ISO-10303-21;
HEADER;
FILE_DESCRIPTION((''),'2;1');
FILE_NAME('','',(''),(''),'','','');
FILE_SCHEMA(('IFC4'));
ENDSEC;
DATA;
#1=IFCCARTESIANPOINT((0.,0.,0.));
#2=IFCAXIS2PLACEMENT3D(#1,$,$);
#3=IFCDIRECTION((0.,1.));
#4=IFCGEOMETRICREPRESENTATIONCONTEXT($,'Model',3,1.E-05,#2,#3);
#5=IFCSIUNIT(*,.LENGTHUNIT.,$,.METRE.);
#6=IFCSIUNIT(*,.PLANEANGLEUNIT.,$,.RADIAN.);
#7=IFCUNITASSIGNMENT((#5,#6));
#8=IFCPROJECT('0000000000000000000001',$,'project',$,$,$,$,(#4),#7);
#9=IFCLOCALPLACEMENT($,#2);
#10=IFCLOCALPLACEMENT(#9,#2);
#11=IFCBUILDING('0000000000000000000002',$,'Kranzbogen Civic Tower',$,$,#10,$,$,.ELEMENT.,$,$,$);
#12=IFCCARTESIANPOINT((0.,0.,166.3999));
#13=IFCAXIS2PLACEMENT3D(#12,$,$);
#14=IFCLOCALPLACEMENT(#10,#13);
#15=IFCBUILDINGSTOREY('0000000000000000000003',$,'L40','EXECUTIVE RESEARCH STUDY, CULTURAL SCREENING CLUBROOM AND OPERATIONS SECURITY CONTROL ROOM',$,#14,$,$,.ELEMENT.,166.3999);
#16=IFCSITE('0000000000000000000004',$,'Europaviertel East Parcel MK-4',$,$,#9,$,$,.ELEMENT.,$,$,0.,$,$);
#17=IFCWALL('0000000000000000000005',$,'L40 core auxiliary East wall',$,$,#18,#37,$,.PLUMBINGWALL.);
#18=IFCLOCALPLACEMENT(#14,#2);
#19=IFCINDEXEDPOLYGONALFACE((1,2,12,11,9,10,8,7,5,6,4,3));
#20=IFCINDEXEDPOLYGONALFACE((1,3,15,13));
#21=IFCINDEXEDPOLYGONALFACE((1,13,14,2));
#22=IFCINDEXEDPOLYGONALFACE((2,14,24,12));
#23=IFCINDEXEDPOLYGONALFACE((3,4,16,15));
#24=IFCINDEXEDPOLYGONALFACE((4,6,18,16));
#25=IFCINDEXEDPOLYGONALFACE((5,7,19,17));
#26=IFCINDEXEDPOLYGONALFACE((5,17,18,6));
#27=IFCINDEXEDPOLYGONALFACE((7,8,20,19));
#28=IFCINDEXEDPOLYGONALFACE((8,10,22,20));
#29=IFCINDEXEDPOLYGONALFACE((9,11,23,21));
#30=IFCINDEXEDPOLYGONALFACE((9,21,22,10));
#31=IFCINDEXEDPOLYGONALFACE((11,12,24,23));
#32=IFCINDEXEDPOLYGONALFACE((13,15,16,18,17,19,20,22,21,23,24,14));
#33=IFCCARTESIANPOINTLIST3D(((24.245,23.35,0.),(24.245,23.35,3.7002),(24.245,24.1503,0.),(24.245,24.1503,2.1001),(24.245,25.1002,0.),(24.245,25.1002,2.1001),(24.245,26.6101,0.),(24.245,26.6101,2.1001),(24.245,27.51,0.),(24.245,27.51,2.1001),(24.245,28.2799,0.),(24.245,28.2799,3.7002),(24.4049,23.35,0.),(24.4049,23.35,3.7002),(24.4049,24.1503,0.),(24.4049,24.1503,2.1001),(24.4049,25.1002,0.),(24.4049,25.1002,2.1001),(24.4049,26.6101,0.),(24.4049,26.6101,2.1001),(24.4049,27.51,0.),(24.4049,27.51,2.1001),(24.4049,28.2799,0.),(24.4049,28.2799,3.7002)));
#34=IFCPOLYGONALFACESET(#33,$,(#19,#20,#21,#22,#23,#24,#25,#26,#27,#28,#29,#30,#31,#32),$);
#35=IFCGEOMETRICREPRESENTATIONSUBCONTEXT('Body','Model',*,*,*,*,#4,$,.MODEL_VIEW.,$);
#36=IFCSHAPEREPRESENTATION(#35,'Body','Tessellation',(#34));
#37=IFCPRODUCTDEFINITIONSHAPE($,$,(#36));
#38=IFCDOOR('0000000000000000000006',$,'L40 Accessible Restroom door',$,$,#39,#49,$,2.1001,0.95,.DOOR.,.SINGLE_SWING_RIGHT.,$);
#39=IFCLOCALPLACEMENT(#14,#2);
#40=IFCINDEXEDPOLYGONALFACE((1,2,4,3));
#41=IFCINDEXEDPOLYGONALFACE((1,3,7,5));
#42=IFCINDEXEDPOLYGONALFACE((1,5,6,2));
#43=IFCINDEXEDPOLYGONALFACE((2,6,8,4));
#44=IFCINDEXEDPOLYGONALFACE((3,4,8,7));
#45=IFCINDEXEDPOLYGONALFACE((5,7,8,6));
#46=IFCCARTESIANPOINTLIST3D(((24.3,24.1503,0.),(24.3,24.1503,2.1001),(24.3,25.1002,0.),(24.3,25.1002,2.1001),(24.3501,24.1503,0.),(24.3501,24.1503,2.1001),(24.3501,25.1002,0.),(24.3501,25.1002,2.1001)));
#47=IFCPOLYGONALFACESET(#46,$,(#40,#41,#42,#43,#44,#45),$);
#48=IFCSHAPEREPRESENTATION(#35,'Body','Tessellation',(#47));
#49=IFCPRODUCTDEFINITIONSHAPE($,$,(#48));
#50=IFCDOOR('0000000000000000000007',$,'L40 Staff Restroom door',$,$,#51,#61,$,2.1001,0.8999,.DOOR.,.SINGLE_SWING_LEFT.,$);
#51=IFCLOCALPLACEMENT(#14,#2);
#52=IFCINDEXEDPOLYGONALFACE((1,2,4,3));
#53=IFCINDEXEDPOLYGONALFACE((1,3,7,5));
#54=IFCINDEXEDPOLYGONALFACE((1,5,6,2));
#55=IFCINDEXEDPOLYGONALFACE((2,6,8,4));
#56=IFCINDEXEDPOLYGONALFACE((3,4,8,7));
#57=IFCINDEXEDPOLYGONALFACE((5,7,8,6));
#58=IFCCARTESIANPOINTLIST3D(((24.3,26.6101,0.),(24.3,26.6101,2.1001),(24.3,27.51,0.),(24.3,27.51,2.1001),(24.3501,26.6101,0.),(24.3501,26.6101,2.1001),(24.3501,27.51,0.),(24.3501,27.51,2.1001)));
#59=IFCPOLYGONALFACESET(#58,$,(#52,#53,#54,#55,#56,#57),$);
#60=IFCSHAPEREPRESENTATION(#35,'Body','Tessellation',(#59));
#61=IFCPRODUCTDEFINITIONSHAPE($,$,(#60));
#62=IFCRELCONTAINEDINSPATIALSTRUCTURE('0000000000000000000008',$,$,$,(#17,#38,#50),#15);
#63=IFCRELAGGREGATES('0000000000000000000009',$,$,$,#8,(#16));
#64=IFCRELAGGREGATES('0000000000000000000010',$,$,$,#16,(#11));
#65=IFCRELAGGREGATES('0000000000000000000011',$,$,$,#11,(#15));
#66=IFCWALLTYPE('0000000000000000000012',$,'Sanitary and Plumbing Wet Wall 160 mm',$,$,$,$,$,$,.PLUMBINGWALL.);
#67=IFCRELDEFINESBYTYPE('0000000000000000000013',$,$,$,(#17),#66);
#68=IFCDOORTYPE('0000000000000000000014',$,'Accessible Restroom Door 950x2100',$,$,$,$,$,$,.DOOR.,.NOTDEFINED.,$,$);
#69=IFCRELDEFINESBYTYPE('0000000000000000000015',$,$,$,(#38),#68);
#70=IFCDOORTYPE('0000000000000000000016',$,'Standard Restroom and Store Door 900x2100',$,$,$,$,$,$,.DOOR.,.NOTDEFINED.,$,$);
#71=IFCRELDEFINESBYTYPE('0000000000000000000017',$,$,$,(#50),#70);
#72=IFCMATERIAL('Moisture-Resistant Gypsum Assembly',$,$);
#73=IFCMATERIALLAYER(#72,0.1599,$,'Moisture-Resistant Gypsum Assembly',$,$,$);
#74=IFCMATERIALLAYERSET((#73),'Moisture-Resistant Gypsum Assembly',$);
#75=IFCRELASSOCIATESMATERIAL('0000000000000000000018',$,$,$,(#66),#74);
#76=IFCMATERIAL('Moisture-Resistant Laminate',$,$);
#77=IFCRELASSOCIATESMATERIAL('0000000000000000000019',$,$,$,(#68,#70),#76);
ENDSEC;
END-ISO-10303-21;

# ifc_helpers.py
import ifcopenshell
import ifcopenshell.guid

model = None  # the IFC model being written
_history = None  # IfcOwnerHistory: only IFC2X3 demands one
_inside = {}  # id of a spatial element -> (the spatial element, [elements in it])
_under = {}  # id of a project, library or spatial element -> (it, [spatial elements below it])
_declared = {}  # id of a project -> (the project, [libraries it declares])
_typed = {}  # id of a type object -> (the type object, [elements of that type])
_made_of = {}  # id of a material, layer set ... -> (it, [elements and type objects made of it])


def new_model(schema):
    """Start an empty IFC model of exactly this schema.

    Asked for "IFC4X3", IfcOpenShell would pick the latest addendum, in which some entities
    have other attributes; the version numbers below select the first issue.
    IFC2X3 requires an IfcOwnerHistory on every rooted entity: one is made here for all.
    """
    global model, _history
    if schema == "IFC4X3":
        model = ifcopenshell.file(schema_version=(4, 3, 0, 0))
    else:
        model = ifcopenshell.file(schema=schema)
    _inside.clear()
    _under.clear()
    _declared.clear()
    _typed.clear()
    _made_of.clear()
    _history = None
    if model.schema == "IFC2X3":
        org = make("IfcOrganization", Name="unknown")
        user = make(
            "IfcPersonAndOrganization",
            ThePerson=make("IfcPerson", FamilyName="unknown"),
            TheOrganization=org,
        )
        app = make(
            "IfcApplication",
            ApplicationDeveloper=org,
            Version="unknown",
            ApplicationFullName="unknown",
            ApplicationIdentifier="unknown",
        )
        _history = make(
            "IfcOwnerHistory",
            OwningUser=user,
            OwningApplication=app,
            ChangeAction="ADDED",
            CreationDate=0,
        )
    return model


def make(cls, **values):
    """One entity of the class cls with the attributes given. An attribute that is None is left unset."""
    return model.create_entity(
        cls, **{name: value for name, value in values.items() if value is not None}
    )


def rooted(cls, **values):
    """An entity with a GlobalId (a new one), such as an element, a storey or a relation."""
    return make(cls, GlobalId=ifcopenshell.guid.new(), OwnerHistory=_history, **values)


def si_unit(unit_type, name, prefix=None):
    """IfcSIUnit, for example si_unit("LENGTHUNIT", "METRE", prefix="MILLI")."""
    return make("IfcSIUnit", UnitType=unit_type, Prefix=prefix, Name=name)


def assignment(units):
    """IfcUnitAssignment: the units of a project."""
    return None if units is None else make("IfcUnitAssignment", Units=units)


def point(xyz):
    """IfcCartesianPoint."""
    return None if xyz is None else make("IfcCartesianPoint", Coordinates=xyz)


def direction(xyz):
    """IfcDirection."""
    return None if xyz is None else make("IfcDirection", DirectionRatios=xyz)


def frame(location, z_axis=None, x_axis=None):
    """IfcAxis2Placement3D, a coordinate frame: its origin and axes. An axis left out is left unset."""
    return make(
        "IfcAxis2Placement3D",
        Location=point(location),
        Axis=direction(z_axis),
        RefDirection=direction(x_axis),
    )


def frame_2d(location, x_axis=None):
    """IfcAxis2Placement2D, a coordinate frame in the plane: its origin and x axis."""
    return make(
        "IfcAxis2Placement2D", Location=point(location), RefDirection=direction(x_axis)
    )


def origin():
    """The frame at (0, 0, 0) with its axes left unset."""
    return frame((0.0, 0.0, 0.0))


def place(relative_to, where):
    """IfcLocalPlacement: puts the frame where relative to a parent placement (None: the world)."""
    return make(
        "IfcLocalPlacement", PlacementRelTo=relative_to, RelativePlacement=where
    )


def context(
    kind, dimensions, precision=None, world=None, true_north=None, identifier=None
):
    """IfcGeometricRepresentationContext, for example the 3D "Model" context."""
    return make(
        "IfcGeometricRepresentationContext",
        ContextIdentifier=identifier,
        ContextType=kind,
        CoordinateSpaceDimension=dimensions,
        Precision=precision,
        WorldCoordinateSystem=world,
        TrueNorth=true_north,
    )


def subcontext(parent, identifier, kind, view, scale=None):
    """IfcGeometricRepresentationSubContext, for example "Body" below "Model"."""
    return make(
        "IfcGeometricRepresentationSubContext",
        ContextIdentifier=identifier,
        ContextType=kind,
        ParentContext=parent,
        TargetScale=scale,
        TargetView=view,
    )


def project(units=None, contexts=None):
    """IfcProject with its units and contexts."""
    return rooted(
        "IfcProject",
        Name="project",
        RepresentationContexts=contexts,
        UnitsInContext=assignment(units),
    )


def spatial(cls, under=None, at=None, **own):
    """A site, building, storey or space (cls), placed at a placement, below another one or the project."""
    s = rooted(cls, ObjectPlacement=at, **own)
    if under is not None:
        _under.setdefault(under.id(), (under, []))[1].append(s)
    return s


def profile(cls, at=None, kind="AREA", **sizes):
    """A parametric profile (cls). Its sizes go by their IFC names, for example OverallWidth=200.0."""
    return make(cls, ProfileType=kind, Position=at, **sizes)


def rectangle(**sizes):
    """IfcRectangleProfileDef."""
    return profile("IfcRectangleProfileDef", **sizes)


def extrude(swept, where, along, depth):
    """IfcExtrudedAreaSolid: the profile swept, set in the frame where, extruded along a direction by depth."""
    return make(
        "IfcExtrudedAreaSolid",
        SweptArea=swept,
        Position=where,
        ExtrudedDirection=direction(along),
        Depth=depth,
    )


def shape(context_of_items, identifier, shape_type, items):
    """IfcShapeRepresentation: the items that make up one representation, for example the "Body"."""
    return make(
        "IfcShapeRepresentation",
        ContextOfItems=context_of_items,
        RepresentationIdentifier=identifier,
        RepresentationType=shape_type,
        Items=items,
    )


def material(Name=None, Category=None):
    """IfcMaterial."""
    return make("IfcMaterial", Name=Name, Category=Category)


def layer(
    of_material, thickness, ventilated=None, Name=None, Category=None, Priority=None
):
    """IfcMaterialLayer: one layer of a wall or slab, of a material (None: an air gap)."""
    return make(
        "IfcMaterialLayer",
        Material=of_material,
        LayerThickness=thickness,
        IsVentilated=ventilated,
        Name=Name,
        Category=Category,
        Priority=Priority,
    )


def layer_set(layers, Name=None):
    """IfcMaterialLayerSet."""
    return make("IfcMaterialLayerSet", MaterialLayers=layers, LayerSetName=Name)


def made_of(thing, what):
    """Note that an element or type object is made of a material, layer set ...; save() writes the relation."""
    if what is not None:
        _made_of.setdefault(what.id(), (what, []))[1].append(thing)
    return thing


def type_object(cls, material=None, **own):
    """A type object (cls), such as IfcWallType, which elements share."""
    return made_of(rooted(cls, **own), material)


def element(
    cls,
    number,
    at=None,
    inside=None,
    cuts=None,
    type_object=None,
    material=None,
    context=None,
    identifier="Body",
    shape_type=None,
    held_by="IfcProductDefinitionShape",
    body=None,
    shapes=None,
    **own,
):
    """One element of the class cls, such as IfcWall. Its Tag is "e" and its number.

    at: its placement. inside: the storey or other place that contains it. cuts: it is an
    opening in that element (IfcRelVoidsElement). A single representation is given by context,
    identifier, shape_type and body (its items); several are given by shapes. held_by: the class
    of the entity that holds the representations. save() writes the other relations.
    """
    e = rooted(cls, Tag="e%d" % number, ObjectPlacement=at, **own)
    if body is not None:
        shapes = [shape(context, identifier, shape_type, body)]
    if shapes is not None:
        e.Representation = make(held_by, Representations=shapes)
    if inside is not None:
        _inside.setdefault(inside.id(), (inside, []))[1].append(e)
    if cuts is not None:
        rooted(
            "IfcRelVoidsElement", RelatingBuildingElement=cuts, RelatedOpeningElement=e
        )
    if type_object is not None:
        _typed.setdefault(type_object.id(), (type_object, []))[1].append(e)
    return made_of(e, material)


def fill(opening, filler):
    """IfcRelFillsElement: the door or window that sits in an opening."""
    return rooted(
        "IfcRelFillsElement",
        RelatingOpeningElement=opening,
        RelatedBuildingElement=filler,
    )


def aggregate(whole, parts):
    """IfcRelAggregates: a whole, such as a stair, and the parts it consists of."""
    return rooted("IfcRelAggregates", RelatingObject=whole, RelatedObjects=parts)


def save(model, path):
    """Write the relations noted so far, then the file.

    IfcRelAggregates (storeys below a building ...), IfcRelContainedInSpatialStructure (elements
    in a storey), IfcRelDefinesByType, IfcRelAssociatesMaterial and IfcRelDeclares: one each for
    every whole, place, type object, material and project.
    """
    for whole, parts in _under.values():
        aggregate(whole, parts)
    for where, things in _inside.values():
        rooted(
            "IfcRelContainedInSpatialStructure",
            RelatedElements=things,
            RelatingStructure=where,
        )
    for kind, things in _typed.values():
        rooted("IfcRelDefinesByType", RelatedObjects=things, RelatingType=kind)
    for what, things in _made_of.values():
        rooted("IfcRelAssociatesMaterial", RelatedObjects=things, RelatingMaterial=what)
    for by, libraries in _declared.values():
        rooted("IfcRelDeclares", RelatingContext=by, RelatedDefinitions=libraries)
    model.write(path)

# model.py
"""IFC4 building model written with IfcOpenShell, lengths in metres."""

from ifc_helpers import new_model, si_unit, direction, frame, frame_2d, origin, place, context, subcontext, project, spatial, rectangle, extrude, material, layer, layer_set, type_object, element, fill, save


model = new_model("IFC4")

# Units and contexts
model_context = context("Model", 3, precision=1e-05, world=origin(), true_north=direction((0.0, 1.0)))
body_context = subcontext(model_context, "Body", "Model", "MODEL_VIEW")
ifc_project = project(units=[si_unit("LENGTHUNIT", "METRE"), si_unit("PLANEANGLEUNIT", "RADIAN")], contexts=[model_context])

# Site, building, storey
site_placement = place(None, origin())
site = spatial("IfcSite", under=ifc_project, at=site_placement, Name="Europaviertel East Parcel MK-4", CompositionType="ELEMENT", RefElevation=0.0)
building_placement = place(site_placement, origin())
building = spatial("IfcBuilding", under=site, at=building_placement, Name="Kranzbogen Civic Tower", CompositionType="ELEMENT")
storey_placement = place(building_placement, frame((0.0, 0.0, 166.3999)))
storey = spatial("IfcBuildingStorey", under=building, at=storey_placement, Name="L40", Description="EXECUTIVE RESEARCH STUDY, CULTURAL SCREENING CLUBROOM AND OPERATIONS SECURITY CONTROL ROOM", CompositionType="ELEMENT", Elevation=166.3999)

# Wall, openings, doors
ifc_material_1 = material(Name="Moisture-Resistant Gypsum Assembly")
ifc_layer_1 = layer(ifc_material_1, 0.1599, Name="Moisture-Resistant Gypsum Assembly")
ifc_layer_set_1 = layer_set([ifc_layer_1], Name="Moisture-Resistant Gypsum Assembly")
wall_type_1 = type_object("IfcWallType", Name="Sanitary and Plumbing Wet Wall 160 mm", PredefinedType="PLUMBINGWALL", material=ifc_layer_set_1)
wall_1_placement = place(storey_placement, frame((24.325, 23.3501, 0.0), z_axis=(0.0, 0.0, 1.0), x_axis=(0.0, 1.0, 0.0)))
wall_1 = element("IfcWall", 1, at=wall_1_placement, inside=storey, type_object=wall_type_1, Name="L40 core auxiliary East wall", PredefinedType="PLUMBINGWALL", context=body_context, shape_type="SweptSolid", body=[
    extrude(rectangle(XDim=4.9299, YDim=0.1599, at=frame_2d((2.4648, 0.0))), origin(), (0.0, 0.0, 1.0), 3.7002),
])
opening_1_placement = place(wall_1_placement, frame((0.8, 0.0, 0.0)))
opening_1 = element("IfcOpeningElement", 2, at=opening_1_placement, cuts=wall_1, PredefinedType="OPENING", context=body_context, shape_type="SweptSolid", body=[
    extrude(rectangle(XDim=0.95, YDim=2.1001, at=frame_2d((0.4751, 1.05))), frame((0.0, 0.0898, 0.0), z_axis=(0.0, -1.0, 0.0), x_axis=(1.0, 0.0, 0.0)), (0.0, 0.0, 1.0), 0.1799),
])
opening_2_placement = place(wall_1_placement, frame((3.26, 0.0, 0.0)))
opening_2 = element("IfcOpeningElement", 3, at=opening_2_placement, cuts=wall_1, PredefinedType="OPENING", context=body_context, shape_type="SweptSolid", body=[
    extrude(rectangle(XDim=0.8999, YDim=2.1001, at=frame_2d((0.45, 1.05))), frame((0.0, 0.0898, 0.0), z_axis=(0.0, -1.0, 0.0), x_axis=(1.0, 0.0, 0.0)), (0.0, 0.0, 1.0), 0.1799),
])
ifc_material_2 = material(Name="Moisture-Resistant Laminate")
door_type_1 = type_object("IfcDoorType", Name="Accessible Restroom Door 950x2100", OperationType="NOTDEFINED", PredefinedType="DOOR", material=ifc_material_2)
door_1_placement = place(opening_1_placement, origin())
door_1 = element("IfcDoor", 4, at=door_1_placement, inside=storey, type_object=door_type_1, Name="L40 Accessible Restroom door", OperationType="SINGLE_SWING_RIGHT", OverallHeight=2.1001, OverallWidth=0.95, PredefinedType="DOOR", context=body_context, shape_type="SweptSolid", body=[
    extrude(rectangle(XDim=0.95, YDim=2.1001, at=frame_2d((0.4751, 1.05))), frame((0.0, 0.0249, 0.0), z_axis=(0.0, -1.0, 0.0), x_axis=(1.0, 0.0, 0.0)), (0.0, 0.0, 1.0), 0.05),
])
fill(opening_1, door_1)
door_type_2 = type_object("IfcDoorType", Name="Standard Restroom and Store Door 900x2100", OperationType="NOTDEFINED", PredefinedType="DOOR", material=ifc_material_2)
door_2_placement = place(opening_2_placement, origin())
door_2 = element("IfcDoor", 5, at=door_2_placement, inside=storey, type_object=door_type_2, Name="L40 Staff Restroom door", OperationType="SINGLE_SWING_LEFT", OverallHeight=2.1001, OverallWidth=0.8999, PredefinedType="DOOR", context=body_context, shape_type="SweptSolid", body=[
    extrude(rectangle(XDim=0.8999, YDim=2.1001, at=frame_2d((0.45, 1.05))), frame((0.0, 0.0249, 0.0), z_axis=(0.0, -1.0, 0.0), x_axis=(1.0, 0.0, 0.0)), (0.0, 0.0, 1.0), 0.05),
])
fill(opening_2, door_2)

save(model, "model.ifc")
